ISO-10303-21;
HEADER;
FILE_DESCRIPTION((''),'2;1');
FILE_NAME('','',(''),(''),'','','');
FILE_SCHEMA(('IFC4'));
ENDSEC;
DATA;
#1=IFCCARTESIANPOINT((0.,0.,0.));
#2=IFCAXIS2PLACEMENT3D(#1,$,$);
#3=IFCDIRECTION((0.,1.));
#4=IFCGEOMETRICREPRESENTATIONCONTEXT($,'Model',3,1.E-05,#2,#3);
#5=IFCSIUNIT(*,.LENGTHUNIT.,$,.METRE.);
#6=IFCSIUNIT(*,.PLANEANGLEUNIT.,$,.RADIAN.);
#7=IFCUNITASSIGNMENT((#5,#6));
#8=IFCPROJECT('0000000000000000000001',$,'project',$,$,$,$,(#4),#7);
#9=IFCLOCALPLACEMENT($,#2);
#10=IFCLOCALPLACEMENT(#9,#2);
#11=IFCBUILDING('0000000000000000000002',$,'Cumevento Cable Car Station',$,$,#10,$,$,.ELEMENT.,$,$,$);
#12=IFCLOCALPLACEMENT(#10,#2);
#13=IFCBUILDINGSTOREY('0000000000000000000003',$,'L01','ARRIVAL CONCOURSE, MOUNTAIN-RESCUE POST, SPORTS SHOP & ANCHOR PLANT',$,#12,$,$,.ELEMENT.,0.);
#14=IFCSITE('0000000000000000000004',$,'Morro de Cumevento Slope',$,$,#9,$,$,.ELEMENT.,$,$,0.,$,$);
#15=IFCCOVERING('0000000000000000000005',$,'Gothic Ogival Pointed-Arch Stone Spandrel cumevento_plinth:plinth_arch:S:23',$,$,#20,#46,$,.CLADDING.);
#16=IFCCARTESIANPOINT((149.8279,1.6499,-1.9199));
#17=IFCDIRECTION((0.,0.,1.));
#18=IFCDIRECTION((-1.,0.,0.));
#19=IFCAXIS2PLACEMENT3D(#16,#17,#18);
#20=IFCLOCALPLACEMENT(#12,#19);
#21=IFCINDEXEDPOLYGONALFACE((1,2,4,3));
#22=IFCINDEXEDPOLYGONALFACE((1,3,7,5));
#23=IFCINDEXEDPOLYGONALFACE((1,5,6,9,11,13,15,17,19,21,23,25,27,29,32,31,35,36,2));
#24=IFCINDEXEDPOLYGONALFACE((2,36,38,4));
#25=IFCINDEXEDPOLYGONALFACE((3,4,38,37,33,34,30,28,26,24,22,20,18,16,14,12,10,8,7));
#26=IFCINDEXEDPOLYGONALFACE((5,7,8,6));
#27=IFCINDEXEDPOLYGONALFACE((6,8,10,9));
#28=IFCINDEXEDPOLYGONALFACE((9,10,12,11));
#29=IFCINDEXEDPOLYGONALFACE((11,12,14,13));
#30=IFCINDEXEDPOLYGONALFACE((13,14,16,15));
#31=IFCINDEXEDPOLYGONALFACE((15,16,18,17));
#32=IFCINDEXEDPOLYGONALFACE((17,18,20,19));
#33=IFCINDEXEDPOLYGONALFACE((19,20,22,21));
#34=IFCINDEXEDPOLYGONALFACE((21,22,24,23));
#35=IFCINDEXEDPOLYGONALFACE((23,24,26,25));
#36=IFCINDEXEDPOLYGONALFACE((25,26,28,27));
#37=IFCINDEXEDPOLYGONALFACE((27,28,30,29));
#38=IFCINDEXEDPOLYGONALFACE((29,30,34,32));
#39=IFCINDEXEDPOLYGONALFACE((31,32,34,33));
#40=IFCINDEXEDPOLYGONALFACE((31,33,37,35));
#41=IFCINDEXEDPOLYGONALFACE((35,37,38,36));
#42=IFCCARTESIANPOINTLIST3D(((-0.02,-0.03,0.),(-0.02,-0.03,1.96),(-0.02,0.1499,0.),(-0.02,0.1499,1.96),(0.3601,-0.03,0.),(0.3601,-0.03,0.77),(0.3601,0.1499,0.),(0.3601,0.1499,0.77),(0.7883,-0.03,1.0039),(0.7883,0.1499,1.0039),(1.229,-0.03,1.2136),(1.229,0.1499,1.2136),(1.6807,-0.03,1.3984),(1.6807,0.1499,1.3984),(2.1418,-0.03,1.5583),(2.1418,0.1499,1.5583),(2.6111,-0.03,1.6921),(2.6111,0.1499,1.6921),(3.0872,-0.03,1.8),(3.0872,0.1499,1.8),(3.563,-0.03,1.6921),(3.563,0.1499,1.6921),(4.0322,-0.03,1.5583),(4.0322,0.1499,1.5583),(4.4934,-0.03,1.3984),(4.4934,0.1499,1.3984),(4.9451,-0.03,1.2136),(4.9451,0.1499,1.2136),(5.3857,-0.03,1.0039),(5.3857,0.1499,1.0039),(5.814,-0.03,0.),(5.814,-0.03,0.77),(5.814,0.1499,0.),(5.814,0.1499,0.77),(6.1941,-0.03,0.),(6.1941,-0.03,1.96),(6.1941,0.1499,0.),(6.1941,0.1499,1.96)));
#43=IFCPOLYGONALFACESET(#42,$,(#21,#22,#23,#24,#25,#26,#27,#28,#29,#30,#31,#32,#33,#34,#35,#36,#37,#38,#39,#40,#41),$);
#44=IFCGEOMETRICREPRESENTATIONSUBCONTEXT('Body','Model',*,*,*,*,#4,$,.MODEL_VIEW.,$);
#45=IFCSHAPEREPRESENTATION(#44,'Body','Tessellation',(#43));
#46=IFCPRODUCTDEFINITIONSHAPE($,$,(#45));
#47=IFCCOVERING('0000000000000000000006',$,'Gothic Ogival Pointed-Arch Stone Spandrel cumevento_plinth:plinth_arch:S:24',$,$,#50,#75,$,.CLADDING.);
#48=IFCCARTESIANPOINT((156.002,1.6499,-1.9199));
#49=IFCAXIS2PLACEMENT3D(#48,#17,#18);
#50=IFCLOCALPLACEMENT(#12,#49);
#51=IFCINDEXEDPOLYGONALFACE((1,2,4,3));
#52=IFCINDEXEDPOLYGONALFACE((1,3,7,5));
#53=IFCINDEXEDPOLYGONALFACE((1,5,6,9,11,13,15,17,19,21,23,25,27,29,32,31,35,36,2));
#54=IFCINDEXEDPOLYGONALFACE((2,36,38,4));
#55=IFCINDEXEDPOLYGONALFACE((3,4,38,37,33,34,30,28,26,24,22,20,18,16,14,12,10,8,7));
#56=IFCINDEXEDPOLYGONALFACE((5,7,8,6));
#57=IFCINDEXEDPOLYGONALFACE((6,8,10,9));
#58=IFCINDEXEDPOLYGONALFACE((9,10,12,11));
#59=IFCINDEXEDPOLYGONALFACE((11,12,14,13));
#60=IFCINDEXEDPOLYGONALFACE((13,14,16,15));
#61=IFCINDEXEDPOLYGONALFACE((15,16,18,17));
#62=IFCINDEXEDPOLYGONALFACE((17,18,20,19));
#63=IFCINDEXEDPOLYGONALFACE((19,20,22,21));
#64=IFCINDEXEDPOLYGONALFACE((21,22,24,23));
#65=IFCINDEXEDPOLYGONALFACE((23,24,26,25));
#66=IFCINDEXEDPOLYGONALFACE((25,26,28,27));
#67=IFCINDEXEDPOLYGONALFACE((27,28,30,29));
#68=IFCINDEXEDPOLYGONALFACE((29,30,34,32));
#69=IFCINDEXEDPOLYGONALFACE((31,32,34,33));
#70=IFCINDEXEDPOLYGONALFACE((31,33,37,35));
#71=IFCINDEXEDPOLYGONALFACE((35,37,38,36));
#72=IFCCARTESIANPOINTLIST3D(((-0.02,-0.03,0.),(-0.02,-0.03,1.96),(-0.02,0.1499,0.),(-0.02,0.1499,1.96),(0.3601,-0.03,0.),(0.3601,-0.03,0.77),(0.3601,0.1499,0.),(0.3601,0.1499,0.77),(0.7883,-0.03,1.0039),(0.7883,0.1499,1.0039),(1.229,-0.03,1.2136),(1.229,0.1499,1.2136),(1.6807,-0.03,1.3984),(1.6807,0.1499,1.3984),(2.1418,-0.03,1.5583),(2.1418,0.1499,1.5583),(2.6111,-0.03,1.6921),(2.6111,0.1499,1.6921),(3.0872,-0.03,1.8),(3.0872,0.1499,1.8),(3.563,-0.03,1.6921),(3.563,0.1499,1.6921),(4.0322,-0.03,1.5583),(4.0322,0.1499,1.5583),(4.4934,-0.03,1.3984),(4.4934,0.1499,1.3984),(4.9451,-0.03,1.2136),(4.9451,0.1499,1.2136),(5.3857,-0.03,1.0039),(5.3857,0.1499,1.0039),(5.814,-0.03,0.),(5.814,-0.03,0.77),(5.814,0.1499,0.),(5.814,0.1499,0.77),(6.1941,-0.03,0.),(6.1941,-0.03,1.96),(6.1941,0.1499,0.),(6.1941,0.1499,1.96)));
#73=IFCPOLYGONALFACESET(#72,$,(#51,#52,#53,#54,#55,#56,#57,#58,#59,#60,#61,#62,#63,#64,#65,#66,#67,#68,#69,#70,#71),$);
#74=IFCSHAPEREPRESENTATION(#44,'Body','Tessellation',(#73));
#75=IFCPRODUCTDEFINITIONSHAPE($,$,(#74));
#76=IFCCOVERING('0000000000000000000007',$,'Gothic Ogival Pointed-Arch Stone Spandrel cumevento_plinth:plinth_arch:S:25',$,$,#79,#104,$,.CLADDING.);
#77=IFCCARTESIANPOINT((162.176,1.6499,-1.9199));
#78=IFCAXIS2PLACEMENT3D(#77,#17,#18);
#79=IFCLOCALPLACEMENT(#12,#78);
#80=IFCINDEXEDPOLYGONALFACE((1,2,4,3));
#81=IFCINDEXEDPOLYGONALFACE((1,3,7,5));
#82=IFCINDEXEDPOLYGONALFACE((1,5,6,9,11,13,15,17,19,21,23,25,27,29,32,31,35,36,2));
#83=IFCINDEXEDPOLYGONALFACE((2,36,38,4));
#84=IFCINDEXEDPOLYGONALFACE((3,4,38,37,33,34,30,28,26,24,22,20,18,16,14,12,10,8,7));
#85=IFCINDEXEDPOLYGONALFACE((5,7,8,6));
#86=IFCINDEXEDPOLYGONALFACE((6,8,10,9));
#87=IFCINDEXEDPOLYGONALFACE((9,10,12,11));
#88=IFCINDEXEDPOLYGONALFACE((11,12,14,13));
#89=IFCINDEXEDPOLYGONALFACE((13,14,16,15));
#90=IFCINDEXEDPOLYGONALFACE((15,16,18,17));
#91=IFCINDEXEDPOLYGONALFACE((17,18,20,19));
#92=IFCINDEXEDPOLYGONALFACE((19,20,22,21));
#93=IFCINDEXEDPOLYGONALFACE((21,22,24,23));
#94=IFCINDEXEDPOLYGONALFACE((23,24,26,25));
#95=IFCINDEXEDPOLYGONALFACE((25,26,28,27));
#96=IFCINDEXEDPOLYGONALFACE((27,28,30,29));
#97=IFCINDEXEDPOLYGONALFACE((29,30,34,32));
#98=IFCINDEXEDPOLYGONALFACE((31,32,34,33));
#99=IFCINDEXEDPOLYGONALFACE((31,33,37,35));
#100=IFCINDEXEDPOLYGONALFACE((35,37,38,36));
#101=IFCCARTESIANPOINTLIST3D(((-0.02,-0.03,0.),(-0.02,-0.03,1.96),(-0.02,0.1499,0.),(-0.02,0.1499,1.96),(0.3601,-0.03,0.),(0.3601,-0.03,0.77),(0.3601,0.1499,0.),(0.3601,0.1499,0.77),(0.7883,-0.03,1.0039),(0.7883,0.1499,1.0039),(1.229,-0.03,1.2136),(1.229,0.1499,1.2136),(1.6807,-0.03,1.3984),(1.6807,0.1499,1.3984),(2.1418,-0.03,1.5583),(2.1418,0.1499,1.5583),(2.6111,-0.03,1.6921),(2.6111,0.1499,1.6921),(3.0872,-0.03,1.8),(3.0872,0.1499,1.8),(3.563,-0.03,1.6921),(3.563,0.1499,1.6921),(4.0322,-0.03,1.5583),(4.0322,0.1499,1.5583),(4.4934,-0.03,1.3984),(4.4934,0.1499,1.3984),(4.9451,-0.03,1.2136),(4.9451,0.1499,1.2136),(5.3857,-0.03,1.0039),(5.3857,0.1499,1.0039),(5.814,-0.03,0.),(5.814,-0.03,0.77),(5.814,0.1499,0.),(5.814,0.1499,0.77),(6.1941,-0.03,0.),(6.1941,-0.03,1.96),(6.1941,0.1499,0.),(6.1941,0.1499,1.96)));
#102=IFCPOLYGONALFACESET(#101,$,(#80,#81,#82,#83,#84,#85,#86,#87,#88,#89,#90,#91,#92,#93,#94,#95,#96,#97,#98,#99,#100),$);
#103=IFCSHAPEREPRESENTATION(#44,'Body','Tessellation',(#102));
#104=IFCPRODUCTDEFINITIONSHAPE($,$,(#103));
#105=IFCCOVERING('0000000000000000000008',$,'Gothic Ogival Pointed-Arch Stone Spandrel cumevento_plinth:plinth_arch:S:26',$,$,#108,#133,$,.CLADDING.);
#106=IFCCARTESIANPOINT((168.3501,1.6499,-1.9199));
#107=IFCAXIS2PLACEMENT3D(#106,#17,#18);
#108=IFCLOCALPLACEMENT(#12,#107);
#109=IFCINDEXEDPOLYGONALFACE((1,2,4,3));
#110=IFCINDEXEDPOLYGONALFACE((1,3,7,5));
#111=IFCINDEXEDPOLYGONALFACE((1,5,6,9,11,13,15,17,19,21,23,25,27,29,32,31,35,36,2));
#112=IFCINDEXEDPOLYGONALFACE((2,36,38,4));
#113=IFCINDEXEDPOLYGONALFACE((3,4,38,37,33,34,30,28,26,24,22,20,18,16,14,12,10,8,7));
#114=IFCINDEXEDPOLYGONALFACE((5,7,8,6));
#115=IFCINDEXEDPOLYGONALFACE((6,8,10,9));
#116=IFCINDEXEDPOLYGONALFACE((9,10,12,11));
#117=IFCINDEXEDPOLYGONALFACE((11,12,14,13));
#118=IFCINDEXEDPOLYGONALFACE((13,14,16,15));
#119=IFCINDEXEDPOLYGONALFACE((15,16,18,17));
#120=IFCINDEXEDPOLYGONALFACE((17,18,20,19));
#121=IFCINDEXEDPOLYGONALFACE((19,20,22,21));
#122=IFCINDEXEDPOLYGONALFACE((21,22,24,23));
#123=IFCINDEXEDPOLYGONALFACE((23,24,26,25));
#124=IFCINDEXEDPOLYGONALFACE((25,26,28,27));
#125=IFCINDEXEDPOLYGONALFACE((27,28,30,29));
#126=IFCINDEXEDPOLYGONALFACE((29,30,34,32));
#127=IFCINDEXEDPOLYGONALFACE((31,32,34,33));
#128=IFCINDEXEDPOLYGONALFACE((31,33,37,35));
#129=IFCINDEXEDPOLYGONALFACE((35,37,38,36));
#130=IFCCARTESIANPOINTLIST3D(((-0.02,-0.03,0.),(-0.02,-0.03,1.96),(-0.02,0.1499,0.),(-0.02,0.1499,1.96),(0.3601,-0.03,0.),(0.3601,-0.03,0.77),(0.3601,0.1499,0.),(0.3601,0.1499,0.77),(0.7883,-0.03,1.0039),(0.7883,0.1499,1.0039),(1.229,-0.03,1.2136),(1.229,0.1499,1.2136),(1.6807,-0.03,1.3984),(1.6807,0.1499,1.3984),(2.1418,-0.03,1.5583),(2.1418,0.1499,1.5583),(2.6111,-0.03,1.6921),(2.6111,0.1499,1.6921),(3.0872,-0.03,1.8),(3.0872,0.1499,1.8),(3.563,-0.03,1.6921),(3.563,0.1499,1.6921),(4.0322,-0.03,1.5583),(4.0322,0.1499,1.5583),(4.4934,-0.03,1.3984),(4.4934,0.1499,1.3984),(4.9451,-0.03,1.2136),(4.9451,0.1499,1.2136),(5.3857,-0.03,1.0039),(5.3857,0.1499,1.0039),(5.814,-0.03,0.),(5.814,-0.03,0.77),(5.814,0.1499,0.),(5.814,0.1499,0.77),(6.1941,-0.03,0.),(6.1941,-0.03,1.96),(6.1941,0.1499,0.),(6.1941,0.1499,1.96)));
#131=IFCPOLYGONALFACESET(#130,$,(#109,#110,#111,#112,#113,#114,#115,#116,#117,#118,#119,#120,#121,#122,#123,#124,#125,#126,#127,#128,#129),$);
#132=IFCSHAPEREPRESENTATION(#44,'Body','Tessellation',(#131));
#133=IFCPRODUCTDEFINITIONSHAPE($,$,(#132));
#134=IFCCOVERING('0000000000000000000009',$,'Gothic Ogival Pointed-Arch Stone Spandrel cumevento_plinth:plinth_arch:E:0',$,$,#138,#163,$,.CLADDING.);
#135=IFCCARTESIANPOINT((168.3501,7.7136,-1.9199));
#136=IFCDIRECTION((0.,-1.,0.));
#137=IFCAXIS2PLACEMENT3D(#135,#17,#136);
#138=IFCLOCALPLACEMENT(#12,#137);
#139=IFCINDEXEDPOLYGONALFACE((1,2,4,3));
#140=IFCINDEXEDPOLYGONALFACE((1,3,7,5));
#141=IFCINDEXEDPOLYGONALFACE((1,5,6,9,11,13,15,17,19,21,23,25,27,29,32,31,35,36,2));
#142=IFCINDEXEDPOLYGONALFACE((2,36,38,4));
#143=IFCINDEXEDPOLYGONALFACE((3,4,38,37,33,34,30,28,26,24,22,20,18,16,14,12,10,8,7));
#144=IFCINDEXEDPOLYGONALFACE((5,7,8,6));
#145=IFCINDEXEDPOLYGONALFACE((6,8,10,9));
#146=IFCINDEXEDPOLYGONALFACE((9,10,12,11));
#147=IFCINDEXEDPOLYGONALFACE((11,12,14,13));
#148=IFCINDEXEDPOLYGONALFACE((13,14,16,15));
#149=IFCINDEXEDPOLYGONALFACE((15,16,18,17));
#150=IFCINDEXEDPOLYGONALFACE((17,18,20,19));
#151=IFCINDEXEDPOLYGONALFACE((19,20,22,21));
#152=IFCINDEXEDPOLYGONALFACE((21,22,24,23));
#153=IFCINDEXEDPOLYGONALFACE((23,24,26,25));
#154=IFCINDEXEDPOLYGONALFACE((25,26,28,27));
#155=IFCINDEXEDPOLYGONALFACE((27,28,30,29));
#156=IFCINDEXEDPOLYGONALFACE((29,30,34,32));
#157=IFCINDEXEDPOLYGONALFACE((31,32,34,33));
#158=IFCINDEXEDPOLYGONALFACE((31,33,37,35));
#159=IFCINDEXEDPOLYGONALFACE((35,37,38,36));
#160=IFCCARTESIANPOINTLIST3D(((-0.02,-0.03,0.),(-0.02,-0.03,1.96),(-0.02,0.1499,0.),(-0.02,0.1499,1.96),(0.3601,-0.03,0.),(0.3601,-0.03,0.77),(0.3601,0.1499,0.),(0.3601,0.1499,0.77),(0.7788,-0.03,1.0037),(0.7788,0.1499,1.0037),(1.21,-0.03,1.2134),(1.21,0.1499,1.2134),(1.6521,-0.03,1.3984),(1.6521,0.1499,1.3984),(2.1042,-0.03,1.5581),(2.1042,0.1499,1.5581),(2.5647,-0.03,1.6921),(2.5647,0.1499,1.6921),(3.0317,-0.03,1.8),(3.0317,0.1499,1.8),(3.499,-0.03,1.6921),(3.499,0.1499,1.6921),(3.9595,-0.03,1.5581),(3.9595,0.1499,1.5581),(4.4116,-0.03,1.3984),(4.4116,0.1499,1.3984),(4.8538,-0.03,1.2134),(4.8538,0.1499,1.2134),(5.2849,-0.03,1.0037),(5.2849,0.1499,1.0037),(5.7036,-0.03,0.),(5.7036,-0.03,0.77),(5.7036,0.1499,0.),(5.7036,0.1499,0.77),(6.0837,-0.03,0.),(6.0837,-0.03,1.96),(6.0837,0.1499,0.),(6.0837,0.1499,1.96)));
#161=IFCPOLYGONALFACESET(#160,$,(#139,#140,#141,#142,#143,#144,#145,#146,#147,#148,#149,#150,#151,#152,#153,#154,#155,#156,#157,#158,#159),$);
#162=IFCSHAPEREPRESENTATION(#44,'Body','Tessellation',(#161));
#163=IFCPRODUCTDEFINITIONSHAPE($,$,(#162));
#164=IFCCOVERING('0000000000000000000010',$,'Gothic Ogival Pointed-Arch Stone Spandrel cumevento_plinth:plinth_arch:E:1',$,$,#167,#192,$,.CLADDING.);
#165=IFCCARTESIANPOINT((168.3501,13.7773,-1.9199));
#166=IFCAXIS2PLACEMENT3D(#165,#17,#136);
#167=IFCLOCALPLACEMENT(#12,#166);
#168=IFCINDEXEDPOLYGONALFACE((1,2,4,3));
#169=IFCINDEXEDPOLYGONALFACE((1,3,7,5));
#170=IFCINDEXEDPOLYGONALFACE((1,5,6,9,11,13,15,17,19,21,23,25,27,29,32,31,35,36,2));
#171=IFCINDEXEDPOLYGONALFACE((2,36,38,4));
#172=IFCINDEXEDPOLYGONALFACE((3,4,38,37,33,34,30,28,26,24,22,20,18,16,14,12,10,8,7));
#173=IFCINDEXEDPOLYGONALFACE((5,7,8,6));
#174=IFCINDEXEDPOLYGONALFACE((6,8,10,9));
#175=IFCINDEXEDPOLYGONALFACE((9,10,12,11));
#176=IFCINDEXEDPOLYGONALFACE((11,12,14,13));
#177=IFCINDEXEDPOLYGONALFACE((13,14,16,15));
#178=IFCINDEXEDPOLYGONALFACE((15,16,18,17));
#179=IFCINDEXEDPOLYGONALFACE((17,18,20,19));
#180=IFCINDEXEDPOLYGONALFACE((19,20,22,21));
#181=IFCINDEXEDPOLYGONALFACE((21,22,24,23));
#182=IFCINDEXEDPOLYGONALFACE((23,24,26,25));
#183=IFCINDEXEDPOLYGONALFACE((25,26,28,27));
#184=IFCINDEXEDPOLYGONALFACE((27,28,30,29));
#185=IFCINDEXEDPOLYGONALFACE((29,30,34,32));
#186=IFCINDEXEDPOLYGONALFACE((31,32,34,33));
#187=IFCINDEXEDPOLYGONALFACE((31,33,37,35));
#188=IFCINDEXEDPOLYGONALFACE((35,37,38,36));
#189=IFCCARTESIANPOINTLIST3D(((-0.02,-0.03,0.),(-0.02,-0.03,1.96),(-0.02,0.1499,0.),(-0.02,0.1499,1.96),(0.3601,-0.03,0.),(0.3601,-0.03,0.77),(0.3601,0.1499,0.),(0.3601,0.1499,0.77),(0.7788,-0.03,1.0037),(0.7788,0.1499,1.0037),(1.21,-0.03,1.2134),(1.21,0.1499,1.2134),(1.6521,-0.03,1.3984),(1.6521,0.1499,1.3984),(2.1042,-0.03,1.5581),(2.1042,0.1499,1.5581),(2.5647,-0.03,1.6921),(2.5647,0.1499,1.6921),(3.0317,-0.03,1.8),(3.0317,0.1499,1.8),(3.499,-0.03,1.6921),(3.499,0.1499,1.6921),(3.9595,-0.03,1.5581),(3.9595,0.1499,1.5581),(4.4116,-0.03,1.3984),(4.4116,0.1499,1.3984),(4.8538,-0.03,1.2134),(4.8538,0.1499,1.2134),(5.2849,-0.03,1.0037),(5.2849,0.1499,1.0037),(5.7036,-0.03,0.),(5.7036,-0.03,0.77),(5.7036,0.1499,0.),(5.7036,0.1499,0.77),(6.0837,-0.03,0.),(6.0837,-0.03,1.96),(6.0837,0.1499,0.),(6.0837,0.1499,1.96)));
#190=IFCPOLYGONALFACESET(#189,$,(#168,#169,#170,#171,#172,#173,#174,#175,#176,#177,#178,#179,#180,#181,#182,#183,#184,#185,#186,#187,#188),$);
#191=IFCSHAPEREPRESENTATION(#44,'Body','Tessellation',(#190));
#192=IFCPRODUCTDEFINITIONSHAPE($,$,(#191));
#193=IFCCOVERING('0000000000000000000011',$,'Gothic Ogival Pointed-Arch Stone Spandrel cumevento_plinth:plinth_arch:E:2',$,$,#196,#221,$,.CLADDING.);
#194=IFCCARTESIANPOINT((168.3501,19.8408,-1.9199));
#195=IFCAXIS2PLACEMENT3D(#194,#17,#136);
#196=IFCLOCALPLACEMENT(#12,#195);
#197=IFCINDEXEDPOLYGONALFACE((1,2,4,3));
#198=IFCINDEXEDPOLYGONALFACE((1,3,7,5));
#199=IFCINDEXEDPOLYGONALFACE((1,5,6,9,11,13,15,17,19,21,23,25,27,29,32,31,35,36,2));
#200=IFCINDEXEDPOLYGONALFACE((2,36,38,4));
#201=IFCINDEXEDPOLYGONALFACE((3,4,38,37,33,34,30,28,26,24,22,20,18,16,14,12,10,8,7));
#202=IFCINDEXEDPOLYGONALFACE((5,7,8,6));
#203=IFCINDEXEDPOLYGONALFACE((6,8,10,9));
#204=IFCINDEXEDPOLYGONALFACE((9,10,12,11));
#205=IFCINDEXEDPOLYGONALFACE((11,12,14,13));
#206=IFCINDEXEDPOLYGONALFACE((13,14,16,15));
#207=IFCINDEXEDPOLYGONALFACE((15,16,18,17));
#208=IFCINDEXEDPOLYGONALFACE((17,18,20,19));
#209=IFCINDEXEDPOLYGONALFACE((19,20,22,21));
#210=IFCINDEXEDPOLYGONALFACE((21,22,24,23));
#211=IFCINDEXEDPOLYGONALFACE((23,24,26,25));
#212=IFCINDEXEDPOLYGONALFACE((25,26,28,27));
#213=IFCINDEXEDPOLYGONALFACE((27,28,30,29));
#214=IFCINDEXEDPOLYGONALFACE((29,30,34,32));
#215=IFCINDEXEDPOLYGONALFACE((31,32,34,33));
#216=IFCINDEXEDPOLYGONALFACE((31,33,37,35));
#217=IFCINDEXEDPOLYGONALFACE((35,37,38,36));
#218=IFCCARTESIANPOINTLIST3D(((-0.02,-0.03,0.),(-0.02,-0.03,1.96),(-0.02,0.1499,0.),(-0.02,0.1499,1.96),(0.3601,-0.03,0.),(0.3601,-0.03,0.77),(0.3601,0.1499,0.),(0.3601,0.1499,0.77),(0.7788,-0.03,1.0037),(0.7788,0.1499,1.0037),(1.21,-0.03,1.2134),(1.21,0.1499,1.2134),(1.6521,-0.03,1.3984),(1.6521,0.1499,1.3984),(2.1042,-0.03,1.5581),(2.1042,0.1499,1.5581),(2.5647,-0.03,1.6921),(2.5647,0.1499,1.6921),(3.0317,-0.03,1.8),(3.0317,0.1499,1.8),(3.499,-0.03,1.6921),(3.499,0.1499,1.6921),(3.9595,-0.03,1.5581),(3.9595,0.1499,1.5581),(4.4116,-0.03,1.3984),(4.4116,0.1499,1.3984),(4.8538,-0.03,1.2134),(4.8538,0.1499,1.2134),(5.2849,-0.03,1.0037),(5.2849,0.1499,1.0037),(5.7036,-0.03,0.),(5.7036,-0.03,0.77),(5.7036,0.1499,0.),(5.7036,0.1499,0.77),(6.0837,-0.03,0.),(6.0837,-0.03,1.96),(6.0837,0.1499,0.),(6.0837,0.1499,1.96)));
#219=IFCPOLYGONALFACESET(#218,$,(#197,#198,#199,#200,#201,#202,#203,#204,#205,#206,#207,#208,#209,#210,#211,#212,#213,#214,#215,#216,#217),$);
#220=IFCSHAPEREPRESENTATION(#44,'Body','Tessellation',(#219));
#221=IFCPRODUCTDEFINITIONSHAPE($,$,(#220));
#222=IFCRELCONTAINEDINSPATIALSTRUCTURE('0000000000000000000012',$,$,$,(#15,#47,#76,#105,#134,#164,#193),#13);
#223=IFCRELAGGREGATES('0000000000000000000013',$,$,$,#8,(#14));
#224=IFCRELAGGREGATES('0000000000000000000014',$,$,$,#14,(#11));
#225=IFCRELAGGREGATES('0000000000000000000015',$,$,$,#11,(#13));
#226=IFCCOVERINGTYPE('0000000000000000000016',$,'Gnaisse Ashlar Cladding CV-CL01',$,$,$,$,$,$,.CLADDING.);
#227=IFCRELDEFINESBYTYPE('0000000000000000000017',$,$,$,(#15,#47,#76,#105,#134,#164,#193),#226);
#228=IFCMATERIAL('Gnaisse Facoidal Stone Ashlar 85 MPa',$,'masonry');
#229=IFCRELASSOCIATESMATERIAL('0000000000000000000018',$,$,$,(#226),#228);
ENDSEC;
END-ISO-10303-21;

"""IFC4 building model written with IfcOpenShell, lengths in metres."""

from ifc_helpers import new_model, si_unit, direction, frame, origin, place, context, subcontext, project, spatial, polyline, outline, extrude, material, type_object, element, save


model = new_model("IFC4")

# Units and contexts
model_context = context("Model", 3, precision=1e-05, world=origin(), true_north=direction((0.0, 1.0)))
body_context = subcontext(model_context, "Body", "Model", "MODEL_VIEW")
ifc_project = project(units=[si_unit("LENGTHUNIT", "METRE"), si_unit("PLANEANGLEUNIT", "RADIAN")], contexts=[model_context])

# Site, building, storey
site_placement = place(None, origin())
site = spatial("IfcSite", under=ifc_project, at=site_placement, Name="Morro de Cumevento Slope", CompositionType="ELEMENT", RefElevation=0.0)
building_placement = place(site_placement, origin())
building = spatial("IfcBuilding", under=site, at=building_placement, Name="Cumevento Cable Car Station", CompositionType="ELEMENT")
storey_placement = place(building_placement, origin())
storey = spatial("IfcBuildingStorey", under=building, at=storey_placement, Name="L01", Description="ARRIVAL CONCOURSE, MOUNTAIN-RESCUE POST, SPORTS SHOP & ANCHOR PLANT", CompositionType="ELEMENT", Elevation=0.0)

# Coverings
ifc_material_1 = material(Name="Gnaisse Facoidal Stone Ashlar 85 MPa", Category="masonry")
covering_type = type_object("IfcCoveringType", Name="Gnaisse Ashlar Cladding CV-CL01", PredefinedType="CLADDING", material=ifc_material_1)
for number, where, z_axis, x_axis, name in (
    (1, (149.8279, 1.6499, -1.9199), (0.0, 0.0, 1.0), (-1.0, 0.0, 0.0), "Gothic Ogival Pointed-Arch Stone Spandrel cumevento_plinth:plinth_arch:S:23"),
    (2, (156.002, 1.6499, -1.9199), (0.0, 0.0, 1.0), (-1.0, 0.0, 0.0), "Gothic Ogival Pointed-Arch Stone Spandrel cumevento_plinth:plinth_arch:S:24"),
    (3, (162.176, 1.6499, -1.9199), (0.0, 0.0, 1.0), (-1.0, 0.0, 0.0), "Gothic Ogival Pointed-Arch Stone Spandrel cumevento_plinth:plinth_arch:S:25"),
    (4, (168.3501, 1.6499, -1.9199), (0.0, 0.0, 1.0), (-1.0, 0.0, 0.0), "Gothic Ogival Pointed-Arch Stone Spandrel cumevento_plinth:plinth_arch:S:26"),
):
    element("IfcCovering", number, at=place(storey_placement, frame(where, z_axis=z_axis, x_axis=x_axis)), inside=storey, type_object=covering_type, Name=name, PredefinedType="CLADDING", context=body_context, shape_type="SweptSolid", body=[
        extrude(outline(polyline([(-0.02, 0.0), (-0.02, 1.96), (6.1941, 1.96), (6.1941, 0.0), (5.814, 0.0), (5.814, 0.77), (5.3857, 1.0039), (4.9451, 1.2136), (4.4934, 1.3984), (4.0322, 1.5583), (3.563, 1.6921), (3.0872, 1.8), (2.6111, 1.6921), (2.1418, 1.5583), (1.6807, 1.3984), (1.229, 1.2136), (0.7883, 1.0039), (0.3601, 0.77), (0.3601, 0.0), (-0.02, 0.0)])), frame((0.0, 0.1499, 0.0), z_axis=(0.0, -1.0, 0.0), x_axis=(1.0, 0.0, 0.0)), (0.0, 0.0, 1.0), 0.1799),
    ])
for number, where, z_axis, x_axis, name in (
    (5, (168.3501, 7.7136, -1.9199), (0.0, 0.0, 1.0), (0.0, -1.0, 0.0), "Gothic Ogival Pointed-Arch Stone Spandrel cumevento_plinth:plinth_arch:E:0"),
    (6, (168.3501, 13.7773, -1.9199), (0.0, 0.0, 1.0), (0.0, -1.0, 0.0), "Gothic Ogival Pointed-Arch Stone Spandrel cumevento_plinth:plinth_arch:E:1"),
    (7, (168.3501, 19.8408, -1.9199), (0.0, 0.0, 1.0), (0.0, -1.0, 0.0), "Gothic Ogival Pointed-Arch Stone Spandrel cumevento_plinth:plinth_arch:E:2"),
):
    element("IfcCovering", number, at=place(storey_placement, frame(where, z_axis=z_axis, x_axis=x_axis)), inside=storey, type_object=covering_type, Name=name, PredefinedType="CLADDING", context=body_context, shape_type="SweptSolid", body=[
        extrude(outline(polyline([(-0.02, 0.0), (-0.02, 1.96), (6.0837, 1.96), (6.0837, 0.0), (5.7036, 0.0), (5.7036, 0.77), (5.2849, 1.0037), (4.8538, 1.2134), (4.4116, 1.3984), (3.9595, 1.5581), (3.499, 1.6921), (3.0317, 1.8), (2.5647, 1.6921), (2.1042, 1.5581), (1.6521, 1.3984), (1.21, 1.2134), (0.7788, 1.0037), (0.3601, 0.77), (0.3601, 0.0), (-0.02, 0.0)])), frame((0.0, 0.1499, 0.0), z_axis=(0.0, -1.0, 0.0), x_axis=(1.0, 0.0, 0.0)), (0.0, 0.0, 1.0), 0.1799),
    ])

save(model, "model.ifc")
